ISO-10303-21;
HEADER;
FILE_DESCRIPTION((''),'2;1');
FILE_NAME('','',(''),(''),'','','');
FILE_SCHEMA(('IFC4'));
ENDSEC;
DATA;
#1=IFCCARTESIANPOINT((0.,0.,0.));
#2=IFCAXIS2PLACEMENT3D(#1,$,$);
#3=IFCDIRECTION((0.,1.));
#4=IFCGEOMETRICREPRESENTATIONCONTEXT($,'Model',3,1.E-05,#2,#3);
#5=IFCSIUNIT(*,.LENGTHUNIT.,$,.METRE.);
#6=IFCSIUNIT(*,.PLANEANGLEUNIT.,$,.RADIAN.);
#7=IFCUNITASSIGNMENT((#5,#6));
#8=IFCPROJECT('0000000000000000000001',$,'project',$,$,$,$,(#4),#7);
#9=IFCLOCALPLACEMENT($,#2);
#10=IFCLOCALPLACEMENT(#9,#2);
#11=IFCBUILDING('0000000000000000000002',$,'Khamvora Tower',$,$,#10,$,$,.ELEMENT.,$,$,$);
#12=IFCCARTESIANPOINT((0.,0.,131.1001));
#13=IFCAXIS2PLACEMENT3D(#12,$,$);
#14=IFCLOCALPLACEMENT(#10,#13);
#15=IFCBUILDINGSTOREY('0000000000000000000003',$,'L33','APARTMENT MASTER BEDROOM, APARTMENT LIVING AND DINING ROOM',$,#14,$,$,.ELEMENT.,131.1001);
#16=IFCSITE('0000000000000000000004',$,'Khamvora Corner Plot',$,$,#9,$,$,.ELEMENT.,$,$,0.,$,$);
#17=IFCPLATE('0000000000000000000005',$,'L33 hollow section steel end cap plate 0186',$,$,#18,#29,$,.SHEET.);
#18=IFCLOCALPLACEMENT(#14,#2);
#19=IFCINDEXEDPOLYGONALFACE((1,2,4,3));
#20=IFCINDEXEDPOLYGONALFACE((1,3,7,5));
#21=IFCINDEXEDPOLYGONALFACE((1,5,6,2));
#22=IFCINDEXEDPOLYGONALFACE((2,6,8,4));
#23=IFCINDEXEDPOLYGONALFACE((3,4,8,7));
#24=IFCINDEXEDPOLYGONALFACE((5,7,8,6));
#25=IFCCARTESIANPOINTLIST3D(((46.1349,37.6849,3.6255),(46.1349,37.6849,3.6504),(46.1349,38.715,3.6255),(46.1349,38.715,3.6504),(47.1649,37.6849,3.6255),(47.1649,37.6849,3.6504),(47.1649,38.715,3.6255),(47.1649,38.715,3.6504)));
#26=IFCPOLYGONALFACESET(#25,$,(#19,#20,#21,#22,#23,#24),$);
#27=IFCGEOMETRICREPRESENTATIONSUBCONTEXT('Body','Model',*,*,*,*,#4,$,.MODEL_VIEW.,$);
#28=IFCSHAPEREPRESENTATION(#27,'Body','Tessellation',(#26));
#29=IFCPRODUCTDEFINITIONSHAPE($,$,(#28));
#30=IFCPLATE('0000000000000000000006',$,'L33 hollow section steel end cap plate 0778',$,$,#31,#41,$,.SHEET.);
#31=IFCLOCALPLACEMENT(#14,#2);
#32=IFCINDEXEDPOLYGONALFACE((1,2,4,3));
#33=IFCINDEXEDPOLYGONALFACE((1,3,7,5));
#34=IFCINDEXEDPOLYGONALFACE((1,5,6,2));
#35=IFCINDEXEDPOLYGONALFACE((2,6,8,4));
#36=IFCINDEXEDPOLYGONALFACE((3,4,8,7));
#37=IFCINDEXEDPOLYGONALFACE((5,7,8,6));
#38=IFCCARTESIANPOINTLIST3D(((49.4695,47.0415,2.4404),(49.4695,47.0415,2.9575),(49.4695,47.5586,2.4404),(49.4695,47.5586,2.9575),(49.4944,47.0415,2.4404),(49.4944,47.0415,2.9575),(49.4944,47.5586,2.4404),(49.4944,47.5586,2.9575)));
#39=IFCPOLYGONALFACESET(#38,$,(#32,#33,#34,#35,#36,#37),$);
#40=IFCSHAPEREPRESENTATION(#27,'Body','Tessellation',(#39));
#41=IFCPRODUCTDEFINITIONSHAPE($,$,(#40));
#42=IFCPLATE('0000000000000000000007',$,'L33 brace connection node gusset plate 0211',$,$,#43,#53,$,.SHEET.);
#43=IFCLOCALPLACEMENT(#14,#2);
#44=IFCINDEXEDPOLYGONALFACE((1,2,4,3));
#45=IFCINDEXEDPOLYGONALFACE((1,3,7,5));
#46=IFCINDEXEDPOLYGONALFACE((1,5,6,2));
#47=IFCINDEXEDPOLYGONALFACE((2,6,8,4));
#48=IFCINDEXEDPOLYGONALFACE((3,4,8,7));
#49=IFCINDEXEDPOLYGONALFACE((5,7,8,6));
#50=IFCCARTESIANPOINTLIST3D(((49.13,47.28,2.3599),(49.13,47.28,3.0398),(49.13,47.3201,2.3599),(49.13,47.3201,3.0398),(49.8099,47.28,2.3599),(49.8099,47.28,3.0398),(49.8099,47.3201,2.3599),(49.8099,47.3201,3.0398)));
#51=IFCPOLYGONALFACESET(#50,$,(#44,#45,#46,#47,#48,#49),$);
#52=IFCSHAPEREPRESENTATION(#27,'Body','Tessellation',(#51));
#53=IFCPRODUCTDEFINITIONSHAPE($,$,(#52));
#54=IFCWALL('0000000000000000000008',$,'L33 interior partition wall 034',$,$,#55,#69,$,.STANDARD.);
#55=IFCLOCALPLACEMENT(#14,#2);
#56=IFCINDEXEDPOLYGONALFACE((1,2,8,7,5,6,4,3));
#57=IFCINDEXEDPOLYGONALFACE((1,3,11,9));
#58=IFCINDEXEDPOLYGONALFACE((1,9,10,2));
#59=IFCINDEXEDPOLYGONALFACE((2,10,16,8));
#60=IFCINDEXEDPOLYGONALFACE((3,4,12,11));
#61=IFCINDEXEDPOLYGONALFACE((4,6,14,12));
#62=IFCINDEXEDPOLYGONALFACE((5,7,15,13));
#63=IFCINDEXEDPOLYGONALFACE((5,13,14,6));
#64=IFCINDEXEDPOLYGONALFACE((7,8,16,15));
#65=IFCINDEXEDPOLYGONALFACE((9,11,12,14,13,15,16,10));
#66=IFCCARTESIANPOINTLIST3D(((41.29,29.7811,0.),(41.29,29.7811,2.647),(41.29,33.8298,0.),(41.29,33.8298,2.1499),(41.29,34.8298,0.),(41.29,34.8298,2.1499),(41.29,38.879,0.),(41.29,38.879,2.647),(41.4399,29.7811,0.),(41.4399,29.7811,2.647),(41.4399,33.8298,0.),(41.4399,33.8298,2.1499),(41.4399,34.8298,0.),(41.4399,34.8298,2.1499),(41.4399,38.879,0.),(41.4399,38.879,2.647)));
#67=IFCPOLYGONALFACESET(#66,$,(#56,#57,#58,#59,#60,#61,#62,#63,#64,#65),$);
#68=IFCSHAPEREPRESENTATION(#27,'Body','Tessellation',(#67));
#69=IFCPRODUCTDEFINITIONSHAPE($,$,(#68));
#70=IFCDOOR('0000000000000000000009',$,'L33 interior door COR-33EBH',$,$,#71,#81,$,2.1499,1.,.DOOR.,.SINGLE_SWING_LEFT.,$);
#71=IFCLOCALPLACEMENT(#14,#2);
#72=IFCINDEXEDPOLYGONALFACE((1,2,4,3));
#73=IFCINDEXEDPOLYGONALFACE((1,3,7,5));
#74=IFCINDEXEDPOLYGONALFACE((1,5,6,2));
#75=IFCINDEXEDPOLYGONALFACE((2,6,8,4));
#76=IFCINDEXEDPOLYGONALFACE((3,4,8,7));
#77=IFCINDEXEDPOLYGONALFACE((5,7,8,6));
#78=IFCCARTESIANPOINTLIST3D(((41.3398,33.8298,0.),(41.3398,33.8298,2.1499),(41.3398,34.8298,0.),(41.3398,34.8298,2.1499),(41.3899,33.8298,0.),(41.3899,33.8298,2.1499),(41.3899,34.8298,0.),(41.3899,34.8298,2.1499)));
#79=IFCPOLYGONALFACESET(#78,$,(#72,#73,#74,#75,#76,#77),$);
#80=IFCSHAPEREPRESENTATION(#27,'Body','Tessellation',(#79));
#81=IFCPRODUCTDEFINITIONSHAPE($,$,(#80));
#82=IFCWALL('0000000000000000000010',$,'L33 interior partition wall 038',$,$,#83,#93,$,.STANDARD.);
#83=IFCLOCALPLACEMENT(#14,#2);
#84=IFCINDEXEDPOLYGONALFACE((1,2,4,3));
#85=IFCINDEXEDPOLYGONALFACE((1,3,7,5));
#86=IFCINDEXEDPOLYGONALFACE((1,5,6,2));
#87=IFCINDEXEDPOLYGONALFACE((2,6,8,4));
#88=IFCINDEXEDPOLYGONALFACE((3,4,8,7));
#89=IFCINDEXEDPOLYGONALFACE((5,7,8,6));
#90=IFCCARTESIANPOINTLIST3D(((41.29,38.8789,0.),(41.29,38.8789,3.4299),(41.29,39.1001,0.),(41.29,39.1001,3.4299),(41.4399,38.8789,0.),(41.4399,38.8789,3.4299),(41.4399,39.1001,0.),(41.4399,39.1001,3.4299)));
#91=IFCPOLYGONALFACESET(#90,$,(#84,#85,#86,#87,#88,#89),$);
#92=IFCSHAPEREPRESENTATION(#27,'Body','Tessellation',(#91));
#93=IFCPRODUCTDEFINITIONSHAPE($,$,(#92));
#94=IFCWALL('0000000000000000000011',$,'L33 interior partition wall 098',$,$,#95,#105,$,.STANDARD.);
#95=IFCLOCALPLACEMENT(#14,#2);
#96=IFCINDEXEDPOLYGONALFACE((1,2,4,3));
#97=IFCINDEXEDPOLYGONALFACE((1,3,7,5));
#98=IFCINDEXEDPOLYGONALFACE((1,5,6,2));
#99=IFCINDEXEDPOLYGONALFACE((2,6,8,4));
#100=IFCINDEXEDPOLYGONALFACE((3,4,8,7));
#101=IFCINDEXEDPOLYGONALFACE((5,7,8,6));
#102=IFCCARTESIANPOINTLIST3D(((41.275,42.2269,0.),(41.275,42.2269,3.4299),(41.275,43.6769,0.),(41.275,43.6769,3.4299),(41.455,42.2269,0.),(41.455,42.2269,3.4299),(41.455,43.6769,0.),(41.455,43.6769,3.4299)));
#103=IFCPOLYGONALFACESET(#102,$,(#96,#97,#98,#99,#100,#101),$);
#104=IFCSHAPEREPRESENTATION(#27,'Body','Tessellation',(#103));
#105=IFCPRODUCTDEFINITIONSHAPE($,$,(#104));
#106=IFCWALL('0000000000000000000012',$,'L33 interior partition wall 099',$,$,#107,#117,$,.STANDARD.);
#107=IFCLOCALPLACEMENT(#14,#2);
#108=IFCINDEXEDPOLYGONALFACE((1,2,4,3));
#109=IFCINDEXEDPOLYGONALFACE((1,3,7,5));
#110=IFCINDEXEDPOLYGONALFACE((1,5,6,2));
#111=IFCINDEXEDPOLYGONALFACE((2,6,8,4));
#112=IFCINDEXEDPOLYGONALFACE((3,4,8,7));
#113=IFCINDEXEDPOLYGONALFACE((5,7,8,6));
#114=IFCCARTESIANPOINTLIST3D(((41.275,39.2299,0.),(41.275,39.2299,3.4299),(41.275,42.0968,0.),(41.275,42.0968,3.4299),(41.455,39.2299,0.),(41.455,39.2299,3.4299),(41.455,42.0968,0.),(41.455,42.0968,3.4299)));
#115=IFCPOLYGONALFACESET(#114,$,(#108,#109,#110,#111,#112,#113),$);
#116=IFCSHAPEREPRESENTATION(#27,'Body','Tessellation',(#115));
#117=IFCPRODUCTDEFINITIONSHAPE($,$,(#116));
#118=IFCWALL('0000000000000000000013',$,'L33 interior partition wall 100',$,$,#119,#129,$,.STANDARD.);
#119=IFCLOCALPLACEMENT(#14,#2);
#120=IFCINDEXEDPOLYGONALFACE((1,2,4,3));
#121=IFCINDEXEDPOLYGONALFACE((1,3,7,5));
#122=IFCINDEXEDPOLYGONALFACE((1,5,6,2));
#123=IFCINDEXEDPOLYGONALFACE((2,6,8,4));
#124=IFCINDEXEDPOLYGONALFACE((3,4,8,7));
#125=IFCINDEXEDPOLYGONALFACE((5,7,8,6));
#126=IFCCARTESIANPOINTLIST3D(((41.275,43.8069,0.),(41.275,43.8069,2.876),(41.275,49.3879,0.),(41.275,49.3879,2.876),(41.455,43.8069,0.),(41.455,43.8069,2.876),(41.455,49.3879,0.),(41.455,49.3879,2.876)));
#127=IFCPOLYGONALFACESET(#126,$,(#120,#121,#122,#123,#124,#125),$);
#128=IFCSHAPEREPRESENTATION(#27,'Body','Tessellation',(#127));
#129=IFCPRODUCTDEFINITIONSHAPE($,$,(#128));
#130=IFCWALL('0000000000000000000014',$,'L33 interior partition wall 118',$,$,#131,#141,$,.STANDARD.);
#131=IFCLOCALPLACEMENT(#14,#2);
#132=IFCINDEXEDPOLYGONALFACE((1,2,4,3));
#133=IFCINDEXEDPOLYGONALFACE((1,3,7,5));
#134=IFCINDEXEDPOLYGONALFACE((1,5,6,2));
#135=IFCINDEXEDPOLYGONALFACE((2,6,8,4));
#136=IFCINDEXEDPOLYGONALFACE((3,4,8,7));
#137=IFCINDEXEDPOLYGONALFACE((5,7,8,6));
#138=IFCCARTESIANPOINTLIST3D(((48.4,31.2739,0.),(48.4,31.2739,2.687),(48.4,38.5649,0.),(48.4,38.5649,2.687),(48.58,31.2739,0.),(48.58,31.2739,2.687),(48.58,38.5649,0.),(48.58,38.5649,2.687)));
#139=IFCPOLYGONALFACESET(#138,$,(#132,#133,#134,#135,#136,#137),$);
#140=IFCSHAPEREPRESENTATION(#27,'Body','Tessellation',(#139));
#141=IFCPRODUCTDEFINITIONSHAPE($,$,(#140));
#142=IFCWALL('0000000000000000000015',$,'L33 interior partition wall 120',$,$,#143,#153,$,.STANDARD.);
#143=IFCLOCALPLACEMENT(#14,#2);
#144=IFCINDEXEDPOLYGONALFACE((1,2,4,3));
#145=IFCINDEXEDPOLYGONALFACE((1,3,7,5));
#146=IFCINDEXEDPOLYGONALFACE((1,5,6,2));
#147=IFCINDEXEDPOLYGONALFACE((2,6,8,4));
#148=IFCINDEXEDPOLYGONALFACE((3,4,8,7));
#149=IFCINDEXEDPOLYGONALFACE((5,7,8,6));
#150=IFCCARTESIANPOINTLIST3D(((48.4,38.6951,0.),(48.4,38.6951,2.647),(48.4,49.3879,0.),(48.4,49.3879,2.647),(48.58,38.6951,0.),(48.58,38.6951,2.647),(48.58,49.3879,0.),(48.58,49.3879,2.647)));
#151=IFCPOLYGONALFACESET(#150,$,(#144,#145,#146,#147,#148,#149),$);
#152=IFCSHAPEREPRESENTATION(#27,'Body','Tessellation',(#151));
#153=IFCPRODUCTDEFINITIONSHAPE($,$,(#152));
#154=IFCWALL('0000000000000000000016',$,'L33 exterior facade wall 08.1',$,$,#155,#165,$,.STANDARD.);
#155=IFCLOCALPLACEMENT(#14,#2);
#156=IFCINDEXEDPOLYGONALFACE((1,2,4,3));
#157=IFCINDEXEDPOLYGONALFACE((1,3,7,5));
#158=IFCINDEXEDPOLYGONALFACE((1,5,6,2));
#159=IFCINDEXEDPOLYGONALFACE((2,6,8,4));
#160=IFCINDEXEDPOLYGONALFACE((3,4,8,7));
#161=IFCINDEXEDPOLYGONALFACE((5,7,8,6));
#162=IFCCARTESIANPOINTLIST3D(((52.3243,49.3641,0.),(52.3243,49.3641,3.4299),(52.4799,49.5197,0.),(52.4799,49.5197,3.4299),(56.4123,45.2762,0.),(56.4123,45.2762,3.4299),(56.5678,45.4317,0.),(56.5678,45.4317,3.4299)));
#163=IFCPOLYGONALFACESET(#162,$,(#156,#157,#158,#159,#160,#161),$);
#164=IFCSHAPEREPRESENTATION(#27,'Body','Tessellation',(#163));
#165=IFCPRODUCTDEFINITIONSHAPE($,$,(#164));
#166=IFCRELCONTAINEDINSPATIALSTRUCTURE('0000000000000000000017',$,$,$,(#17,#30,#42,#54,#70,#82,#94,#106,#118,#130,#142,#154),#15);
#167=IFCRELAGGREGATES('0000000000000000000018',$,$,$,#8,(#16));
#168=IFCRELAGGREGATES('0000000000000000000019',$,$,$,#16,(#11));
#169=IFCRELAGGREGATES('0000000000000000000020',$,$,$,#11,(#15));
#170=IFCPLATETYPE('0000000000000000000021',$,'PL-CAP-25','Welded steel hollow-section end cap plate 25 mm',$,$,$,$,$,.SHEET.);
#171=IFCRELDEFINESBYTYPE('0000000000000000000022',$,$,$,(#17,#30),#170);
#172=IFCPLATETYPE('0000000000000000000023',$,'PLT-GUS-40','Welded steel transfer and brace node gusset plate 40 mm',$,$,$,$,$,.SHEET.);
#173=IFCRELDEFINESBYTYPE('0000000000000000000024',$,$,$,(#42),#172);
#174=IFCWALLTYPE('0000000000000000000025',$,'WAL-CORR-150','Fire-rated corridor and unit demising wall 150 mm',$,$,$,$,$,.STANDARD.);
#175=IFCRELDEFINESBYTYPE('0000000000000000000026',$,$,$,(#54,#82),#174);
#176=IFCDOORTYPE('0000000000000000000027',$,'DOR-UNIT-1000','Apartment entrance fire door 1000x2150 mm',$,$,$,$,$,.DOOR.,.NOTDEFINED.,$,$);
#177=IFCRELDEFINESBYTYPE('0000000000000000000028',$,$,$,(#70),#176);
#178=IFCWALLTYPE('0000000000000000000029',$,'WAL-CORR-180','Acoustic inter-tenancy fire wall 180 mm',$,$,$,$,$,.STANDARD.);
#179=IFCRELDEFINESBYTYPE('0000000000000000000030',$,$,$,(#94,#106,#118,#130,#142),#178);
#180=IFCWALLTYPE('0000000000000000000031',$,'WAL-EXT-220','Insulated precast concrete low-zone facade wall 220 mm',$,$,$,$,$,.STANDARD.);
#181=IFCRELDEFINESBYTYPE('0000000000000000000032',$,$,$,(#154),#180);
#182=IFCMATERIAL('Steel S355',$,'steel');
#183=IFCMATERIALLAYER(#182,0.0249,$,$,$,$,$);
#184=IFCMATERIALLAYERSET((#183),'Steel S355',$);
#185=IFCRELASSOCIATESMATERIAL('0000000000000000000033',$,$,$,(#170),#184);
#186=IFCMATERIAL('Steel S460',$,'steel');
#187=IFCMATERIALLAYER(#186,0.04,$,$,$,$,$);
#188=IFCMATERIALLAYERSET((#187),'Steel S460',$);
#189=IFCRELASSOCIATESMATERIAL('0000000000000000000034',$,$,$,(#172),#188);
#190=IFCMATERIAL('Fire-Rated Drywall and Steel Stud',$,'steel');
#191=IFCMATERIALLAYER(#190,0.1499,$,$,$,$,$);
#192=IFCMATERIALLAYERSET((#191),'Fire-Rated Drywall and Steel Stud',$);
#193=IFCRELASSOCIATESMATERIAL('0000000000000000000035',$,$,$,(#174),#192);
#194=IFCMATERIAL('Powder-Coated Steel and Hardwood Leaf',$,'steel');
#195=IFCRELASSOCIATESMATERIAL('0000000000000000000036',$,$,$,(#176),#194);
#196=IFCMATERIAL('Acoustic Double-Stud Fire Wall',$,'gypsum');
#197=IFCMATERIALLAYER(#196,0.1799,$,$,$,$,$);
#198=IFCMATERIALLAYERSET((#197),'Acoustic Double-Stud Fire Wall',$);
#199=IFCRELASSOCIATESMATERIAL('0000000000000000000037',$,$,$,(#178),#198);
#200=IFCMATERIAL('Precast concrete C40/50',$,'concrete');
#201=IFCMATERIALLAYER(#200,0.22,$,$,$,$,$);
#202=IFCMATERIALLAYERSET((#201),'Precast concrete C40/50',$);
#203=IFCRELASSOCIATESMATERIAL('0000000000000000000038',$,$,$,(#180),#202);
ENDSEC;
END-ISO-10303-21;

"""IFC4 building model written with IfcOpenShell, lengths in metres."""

from ifc_helpers import new_model, si_unit, direction, frame, frame_2d, origin, origin_2d, place, context, subcontext, project, spatial, rectangle, extrude, material, layer, layer_set, type_object, element, fill, save


model = new_model("IFC4")

# Units and contexts
model_context = context("Model", 3, precision=1e-05, world=origin(), true_north=direction((0.0, 1.0)))
body_context = subcontext(model_context, "Body", "Model", "MODEL_VIEW")
ifc_project = project(units=[si_unit("LENGTHUNIT", "METRE"), si_unit("PLANEANGLEUNIT", "RADIAN")], contexts=[model_context])

# Site, building, storey
site_placement = place(None, origin())
site = spatial("IfcSite", under=ifc_project, at=site_placement, Name="Khamvora Corner Plot", CompositionType="ELEMENT", RefElevation=0.0)
building_placement = place(site_placement, origin())
building = spatial("IfcBuilding", under=site, at=building_placement, Name="Khamvora Tower", CompositionType="ELEMENT")
storey_placement = place(building_placement, frame((0.0, 0.0, 131.1001)))
storey = spatial("IfcBuildingStorey", under=building, at=storey_placement, Name="L33", Description="APARTMENT MASTER BEDROOM, APARTMENT LIVING AND DINING ROOM", CompositionType="ELEMENT", Elevation=131.1001)

# Shared definitions
ifc_material_1 = material(Name="Steel S355", Category="steel")

# Plates
ifc_layer_1 = layer(ifc_material_1, 0.0249)
ifc_layer_set_1 = layer_set([ifc_layer_1], Name="Steel S355")
plate_type_1 = type_object("IfcPlateType", Name="PL-CAP-25", Description="Welded steel hollow-section end cap plate 25 mm", PredefinedType="SHEET", material=ifc_layer_set_1)
for number, where, z_axis, x_axis, name in (
    (1, (46.6499, 38.2, 3.6255), (0.0, 0.0, 1.0), (1.0, 0.0, 0.0), "L33 hollow section steel end cap plate 0186"),
):
    element("IfcPlate", number, at=place(storey_placement, frame(where, z_axis=z_axis, x_axis=x_axis)), inside=storey, type_object=plate_type_1, Name=name, PredefinedType="SHEET", context=body_context, shape_type="SweptSolid", body=[
        extrude(rectangle(XDim=1.03, YDim=1.03, at=origin_2d()), origin(), (0.0, 0.0, 1.0), 0.0249),
    ])
plate_1_placement = place(storey_placement, frame((49.4819, 47.3, 2.4404), z_axis=(0.0, 0.0, 1.0), x_axis=(-1.0, 0.0, 0.0)))
element("IfcPlate", 2, at=plate_1_placement, inside=storey, type_object=plate_type_1, Name="L33 hollow section steel end cap plate 0778", PredefinedType="SHEET", context=body_context, shape_type="SweptSolid", body=[
    extrude(rectangle(XDim=0.0249, YDim=0.5171, at=origin_2d()), origin(), (0.0, 0.0, 1.0), 0.5171),
])
ifc_material_2 = material(Name="Steel S460", Category="steel")
ifc_layer_2 = layer(ifc_material_2, 0.04)
ifc_layer_set_2 = layer_set([ifc_layer_2], Name="Steel S460")
plate_type_2 = type_object("IfcPlateType", Name="PLT-GUS-40", Description="Welded steel transfer and brace node gusset plate 40 mm", PredefinedType="SHEET", material=ifc_layer_set_2)
plate_2_placement = place(storey_placement, frame((49.47, 47.3, 2.3599), z_axis=(0.0, 0.0, 1.0), x_axis=(1.0, 0.0, 0.0)))
element("IfcPlate", 3, at=plate_2_placement, inside=storey, type_object=plate_type_2, Name="L33 brace connection node gusset plate 0211", PredefinedType="SHEET", context=body_context, shape_type="SweptSolid", body=[
    extrude(rectangle(XDim=0.6799, YDim=0.04, at=origin_2d()), origin(), (0.0, 0.0, 1.0), 0.6799),
])

# Wall, opening, door
ifc_material_3 = material(Name="Fire-Rated Drywall and Steel Stud", Category="steel")
ifc_layer_3 = layer(ifc_material_3, 0.1499)
ifc_layer_set_3 = layer_set([ifc_layer_3], Name="Fire-Rated Drywall and Steel Stud")
wall_type_1 = type_object("IfcWallType", Name="WAL-CORR-150", Description="Fire-rated corridor and unit demising wall 150 mm", PredefinedType="STANDARD", material=ifc_layer_set_3)
wall_1_placement = place(storey_placement, frame((41.365, 38.8789, 0.0), z_axis=(0.0, 0.0, 1.0), x_axis=(0.0, -1.0, 0.0)))
wall_1 = element("IfcWall", 4, at=wall_1_placement, inside=storey, type_object=wall_type_1, Name="L33 interior partition wall 034", PredefinedType="STANDARD", context=body_context, shape_type="SweptSolid", body=[
    extrude(rectangle(XDim=9.0979, YDim=0.1499, at=frame_2d((4.5488, 0.0))), origin(), (0.0, 0.0, 1.0), 2.647),
])
opening_1_placement = place(wall_1_placement, frame((4.0491, 0.0, 0.0)))
opening_1 = element("IfcOpeningElement", 5, at=opening_1_placement, cuts=wall_1, PredefinedType="OPENING", context=body_context, shape_type="SweptSolid", body=[
    extrude(rectangle(XDim=1.0, YDim=2.1499, at=frame_2d((0.5, 1.075))), frame((0.0, 0.085, 0.0), z_axis=(0.0, -1.0, 0.0), x_axis=(1.0, 0.0, 0.0)), (0.0, 0.0, 1.0), 0.1699),
])
ifc_material_4 = material(Name="Powder-Coated Steel and Hardwood Leaf", Category="steel")
door_type_1 = type_object("IfcDoorType", Name="DOR-UNIT-1000", Description="Apartment entrance fire door 1000x2150 mm", OperationType="NOTDEFINED", PredefinedType="DOOR", material=ifc_material_4)
door_1_placement = place(opening_1_placement, origin())
door_1 = element("IfcDoor", 6, at=door_1_placement, inside=storey, type_object=door_type_1, Name="L33 interior door COR-33EBH", OperationType="SINGLE_SWING_LEFT", OverallHeight=2.1499, OverallWidth=1.0, PredefinedType="DOOR", context=body_context, shape_type="SweptSolid", body=[
    extrude(rectangle(XDim=1.0, YDim=2.1499, at=frame_2d((0.5, 1.075))), frame((0.0, 0.0249, 0.0), z_axis=(0.0, -1.0, 0.0), x_axis=(1.0, 0.0, 0.0)), (0.0, 0.0, 1.0), 0.05),
])
fill(opening_1, door_1)

# Walls
wall_2_placement = place(storey_placement, frame((41.365, 39.1001, 0.0), z_axis=(0.0, 0.0, 1.0), x_axis=(0.0, -1.0, 0.0)))
element("IfcWall", 7, at=wall_2_placement, inside=storey, type_object=wall_type_1, Name="L33 interior partition wall 038", PredefinedType="STANDARD", context=body_context, shape_type="SweptSolid", body=[
    extrude(rectangle(XDim=0.2212, YDim=0.1499, at=frame_2d((0.1106, 0.0))), origin(), (0.0, 0.0, 1.0), 3.4299),
])
ifc_material_5 = material(Name="Acoustic Double-Stud Fire Wall", Category="gypsum")
ifc_layer_4 = layer(ifc_material_5, 0.1799)
ifc_layer_set_4 = layer_set([ifc_layer_4], Name="Acoustic Double-Stud Fire Wall")
wall_type_2 = type_object("IfcWallType", Name="WAL-CORR-180", Description="Acoustic inter-tenancy fire wall 180 mm", PredefinedType="STANDARD", material=ifc_layer_set_4)
wall_3_placement = place(storey_placement, frame((41.365, 43.677, 0.0), z_axis=(0.0, 0.0, 1.0), x_axis=(0.0, -1.0, 0.0)))
element("IfcWall", 8, at=wall_3_placement, inside=storey, type_object=wall_type_2, Name="L33 interior partition wall 098", PredefinedType="STANDARD", context=body_context, shape_type="SweptSolid", body=[
    extrude(rectangle(XDim=1.45, YDim=0.1799, at=frame_2d((0.7251, 0.0))), origin(), (0.0, 0.0, 1.0), 3.4299),
])
wall_4_placement = place(storey_placement, frame((41.365, 42.0969, 0.0), z_axis=(0.0, 0.0, 1.0), x_axis=(0.0, -1.0, 0.0)))
element("IfcWall", 9, at=wall_4_placement, inside=storey, type_object=wall_type_2, Name="L33 interior partition wall 099", PredefinedType="STANDARD", context=body_context, shape_type="SweptSolid", body=[
    extrude(rectangle(XDim=2.8669, YDim=0.1799, at=frame_2d((1.4336, 0.0))), origin(), (0.0, 0.0, 1.0), 3.4299),
])
wall_5_placement = place(storey_placement, frame((41.365, 49.3879, 0.0), z_axis=(0.0, 0.0, 1.0), x_axis=(0.0, -1.0, 0.0)))
element("IfcWall", 10, at=wall_5_placement, inside=storey, type_object=wall_type_2, Name="L33 interior partition wall 100", PredefinedType="STANDARD", context=body_context, shape_type="SweptSolid", body=[
    extrude(rectangle(XDim=5.5811, YDim=0.1799, at=frame_2d((2.7905, 0.0))), origin(), (0.0, 0.0, 1.0), 2.876),
])
wall_6_placement = place(storey_placement, frame((48.49, 38.5649, 0.0), z_axis=(0.0, 0.0, 1.0), x_axis=(0.0, -1.0, 0.0)))
element("IfcWall", 11, at=wall_6_placement, inside=storey, type_object=wall_type_2, Name="L33 interior partition wall 118", PredefinedType="STANDARD", context=body_context, shape_type="SweptSolid", body=[
    extrude(rectangle(XDim=7.291, YDim=0.1799, at=frame_2d((3.6455, 0.0))), origin(), (0.0, 0.0, 1.0), 2.687),
])
wall_7_placement = place(storey_placement, frame((48.49, 49.3879, 0.0), z_axis=(0.0, 0.0, 1.0), x_axis=(0.0, -1.0, 0.0)))
element("IfcWall", 12, at=wall_7_placement, inside=storey, type_object=wall_type_2, Name="L33 interior partition wall 120", PredefinedType="STANDARD", context=body_context, shape_type="SweptSolid", body=[
    extrude(rectangle(XDim=10.6929, YDim=0.1799, at=frame_2d((5.3464, 0.0))), origin(), (0.0, 0.0, 1.0), 2.647),
])
ifc_material_6 = material(Name="Precast concrete C40/50", Category="concrete")
ifc_layer_5 = layer(ifc_material_6, 0.22)
ifc_layer_set_5 = layer_set([ifc_layer_5], Name="Precast concrete C40/50")
wall_type_3 = type_object("IfcWallType", Name="WAL-EXT-220", Description="Insulated precast concrete low-zone facade wall 220 mm", PredefinedType="STANDARD", material=ifc_layer_set_5)
wall_8_placement = place(storey_placement, frame((52.4021, 49.4419, 0.0), z_axis=(0.0, 0.0, 1.0), x_axis=(0.707107, -0.707107, 0.0)))
element("IfcWall", 13, at=wall_8_placement, inside=storey, type_object=wall_type_3, Name="L33 exterior facade wall 08.1", PredefinedType="STANDARD", context=body_context, shape_type="SweptSolid", body=[
    extrude(rectangle(XDim=5.7812, YDim=0.22, at=frame_2d((2.8906, 0.0))), origin(), (0.0, 0.0, 1.0), 3.4299),
])

save(model, "model.ifc")
